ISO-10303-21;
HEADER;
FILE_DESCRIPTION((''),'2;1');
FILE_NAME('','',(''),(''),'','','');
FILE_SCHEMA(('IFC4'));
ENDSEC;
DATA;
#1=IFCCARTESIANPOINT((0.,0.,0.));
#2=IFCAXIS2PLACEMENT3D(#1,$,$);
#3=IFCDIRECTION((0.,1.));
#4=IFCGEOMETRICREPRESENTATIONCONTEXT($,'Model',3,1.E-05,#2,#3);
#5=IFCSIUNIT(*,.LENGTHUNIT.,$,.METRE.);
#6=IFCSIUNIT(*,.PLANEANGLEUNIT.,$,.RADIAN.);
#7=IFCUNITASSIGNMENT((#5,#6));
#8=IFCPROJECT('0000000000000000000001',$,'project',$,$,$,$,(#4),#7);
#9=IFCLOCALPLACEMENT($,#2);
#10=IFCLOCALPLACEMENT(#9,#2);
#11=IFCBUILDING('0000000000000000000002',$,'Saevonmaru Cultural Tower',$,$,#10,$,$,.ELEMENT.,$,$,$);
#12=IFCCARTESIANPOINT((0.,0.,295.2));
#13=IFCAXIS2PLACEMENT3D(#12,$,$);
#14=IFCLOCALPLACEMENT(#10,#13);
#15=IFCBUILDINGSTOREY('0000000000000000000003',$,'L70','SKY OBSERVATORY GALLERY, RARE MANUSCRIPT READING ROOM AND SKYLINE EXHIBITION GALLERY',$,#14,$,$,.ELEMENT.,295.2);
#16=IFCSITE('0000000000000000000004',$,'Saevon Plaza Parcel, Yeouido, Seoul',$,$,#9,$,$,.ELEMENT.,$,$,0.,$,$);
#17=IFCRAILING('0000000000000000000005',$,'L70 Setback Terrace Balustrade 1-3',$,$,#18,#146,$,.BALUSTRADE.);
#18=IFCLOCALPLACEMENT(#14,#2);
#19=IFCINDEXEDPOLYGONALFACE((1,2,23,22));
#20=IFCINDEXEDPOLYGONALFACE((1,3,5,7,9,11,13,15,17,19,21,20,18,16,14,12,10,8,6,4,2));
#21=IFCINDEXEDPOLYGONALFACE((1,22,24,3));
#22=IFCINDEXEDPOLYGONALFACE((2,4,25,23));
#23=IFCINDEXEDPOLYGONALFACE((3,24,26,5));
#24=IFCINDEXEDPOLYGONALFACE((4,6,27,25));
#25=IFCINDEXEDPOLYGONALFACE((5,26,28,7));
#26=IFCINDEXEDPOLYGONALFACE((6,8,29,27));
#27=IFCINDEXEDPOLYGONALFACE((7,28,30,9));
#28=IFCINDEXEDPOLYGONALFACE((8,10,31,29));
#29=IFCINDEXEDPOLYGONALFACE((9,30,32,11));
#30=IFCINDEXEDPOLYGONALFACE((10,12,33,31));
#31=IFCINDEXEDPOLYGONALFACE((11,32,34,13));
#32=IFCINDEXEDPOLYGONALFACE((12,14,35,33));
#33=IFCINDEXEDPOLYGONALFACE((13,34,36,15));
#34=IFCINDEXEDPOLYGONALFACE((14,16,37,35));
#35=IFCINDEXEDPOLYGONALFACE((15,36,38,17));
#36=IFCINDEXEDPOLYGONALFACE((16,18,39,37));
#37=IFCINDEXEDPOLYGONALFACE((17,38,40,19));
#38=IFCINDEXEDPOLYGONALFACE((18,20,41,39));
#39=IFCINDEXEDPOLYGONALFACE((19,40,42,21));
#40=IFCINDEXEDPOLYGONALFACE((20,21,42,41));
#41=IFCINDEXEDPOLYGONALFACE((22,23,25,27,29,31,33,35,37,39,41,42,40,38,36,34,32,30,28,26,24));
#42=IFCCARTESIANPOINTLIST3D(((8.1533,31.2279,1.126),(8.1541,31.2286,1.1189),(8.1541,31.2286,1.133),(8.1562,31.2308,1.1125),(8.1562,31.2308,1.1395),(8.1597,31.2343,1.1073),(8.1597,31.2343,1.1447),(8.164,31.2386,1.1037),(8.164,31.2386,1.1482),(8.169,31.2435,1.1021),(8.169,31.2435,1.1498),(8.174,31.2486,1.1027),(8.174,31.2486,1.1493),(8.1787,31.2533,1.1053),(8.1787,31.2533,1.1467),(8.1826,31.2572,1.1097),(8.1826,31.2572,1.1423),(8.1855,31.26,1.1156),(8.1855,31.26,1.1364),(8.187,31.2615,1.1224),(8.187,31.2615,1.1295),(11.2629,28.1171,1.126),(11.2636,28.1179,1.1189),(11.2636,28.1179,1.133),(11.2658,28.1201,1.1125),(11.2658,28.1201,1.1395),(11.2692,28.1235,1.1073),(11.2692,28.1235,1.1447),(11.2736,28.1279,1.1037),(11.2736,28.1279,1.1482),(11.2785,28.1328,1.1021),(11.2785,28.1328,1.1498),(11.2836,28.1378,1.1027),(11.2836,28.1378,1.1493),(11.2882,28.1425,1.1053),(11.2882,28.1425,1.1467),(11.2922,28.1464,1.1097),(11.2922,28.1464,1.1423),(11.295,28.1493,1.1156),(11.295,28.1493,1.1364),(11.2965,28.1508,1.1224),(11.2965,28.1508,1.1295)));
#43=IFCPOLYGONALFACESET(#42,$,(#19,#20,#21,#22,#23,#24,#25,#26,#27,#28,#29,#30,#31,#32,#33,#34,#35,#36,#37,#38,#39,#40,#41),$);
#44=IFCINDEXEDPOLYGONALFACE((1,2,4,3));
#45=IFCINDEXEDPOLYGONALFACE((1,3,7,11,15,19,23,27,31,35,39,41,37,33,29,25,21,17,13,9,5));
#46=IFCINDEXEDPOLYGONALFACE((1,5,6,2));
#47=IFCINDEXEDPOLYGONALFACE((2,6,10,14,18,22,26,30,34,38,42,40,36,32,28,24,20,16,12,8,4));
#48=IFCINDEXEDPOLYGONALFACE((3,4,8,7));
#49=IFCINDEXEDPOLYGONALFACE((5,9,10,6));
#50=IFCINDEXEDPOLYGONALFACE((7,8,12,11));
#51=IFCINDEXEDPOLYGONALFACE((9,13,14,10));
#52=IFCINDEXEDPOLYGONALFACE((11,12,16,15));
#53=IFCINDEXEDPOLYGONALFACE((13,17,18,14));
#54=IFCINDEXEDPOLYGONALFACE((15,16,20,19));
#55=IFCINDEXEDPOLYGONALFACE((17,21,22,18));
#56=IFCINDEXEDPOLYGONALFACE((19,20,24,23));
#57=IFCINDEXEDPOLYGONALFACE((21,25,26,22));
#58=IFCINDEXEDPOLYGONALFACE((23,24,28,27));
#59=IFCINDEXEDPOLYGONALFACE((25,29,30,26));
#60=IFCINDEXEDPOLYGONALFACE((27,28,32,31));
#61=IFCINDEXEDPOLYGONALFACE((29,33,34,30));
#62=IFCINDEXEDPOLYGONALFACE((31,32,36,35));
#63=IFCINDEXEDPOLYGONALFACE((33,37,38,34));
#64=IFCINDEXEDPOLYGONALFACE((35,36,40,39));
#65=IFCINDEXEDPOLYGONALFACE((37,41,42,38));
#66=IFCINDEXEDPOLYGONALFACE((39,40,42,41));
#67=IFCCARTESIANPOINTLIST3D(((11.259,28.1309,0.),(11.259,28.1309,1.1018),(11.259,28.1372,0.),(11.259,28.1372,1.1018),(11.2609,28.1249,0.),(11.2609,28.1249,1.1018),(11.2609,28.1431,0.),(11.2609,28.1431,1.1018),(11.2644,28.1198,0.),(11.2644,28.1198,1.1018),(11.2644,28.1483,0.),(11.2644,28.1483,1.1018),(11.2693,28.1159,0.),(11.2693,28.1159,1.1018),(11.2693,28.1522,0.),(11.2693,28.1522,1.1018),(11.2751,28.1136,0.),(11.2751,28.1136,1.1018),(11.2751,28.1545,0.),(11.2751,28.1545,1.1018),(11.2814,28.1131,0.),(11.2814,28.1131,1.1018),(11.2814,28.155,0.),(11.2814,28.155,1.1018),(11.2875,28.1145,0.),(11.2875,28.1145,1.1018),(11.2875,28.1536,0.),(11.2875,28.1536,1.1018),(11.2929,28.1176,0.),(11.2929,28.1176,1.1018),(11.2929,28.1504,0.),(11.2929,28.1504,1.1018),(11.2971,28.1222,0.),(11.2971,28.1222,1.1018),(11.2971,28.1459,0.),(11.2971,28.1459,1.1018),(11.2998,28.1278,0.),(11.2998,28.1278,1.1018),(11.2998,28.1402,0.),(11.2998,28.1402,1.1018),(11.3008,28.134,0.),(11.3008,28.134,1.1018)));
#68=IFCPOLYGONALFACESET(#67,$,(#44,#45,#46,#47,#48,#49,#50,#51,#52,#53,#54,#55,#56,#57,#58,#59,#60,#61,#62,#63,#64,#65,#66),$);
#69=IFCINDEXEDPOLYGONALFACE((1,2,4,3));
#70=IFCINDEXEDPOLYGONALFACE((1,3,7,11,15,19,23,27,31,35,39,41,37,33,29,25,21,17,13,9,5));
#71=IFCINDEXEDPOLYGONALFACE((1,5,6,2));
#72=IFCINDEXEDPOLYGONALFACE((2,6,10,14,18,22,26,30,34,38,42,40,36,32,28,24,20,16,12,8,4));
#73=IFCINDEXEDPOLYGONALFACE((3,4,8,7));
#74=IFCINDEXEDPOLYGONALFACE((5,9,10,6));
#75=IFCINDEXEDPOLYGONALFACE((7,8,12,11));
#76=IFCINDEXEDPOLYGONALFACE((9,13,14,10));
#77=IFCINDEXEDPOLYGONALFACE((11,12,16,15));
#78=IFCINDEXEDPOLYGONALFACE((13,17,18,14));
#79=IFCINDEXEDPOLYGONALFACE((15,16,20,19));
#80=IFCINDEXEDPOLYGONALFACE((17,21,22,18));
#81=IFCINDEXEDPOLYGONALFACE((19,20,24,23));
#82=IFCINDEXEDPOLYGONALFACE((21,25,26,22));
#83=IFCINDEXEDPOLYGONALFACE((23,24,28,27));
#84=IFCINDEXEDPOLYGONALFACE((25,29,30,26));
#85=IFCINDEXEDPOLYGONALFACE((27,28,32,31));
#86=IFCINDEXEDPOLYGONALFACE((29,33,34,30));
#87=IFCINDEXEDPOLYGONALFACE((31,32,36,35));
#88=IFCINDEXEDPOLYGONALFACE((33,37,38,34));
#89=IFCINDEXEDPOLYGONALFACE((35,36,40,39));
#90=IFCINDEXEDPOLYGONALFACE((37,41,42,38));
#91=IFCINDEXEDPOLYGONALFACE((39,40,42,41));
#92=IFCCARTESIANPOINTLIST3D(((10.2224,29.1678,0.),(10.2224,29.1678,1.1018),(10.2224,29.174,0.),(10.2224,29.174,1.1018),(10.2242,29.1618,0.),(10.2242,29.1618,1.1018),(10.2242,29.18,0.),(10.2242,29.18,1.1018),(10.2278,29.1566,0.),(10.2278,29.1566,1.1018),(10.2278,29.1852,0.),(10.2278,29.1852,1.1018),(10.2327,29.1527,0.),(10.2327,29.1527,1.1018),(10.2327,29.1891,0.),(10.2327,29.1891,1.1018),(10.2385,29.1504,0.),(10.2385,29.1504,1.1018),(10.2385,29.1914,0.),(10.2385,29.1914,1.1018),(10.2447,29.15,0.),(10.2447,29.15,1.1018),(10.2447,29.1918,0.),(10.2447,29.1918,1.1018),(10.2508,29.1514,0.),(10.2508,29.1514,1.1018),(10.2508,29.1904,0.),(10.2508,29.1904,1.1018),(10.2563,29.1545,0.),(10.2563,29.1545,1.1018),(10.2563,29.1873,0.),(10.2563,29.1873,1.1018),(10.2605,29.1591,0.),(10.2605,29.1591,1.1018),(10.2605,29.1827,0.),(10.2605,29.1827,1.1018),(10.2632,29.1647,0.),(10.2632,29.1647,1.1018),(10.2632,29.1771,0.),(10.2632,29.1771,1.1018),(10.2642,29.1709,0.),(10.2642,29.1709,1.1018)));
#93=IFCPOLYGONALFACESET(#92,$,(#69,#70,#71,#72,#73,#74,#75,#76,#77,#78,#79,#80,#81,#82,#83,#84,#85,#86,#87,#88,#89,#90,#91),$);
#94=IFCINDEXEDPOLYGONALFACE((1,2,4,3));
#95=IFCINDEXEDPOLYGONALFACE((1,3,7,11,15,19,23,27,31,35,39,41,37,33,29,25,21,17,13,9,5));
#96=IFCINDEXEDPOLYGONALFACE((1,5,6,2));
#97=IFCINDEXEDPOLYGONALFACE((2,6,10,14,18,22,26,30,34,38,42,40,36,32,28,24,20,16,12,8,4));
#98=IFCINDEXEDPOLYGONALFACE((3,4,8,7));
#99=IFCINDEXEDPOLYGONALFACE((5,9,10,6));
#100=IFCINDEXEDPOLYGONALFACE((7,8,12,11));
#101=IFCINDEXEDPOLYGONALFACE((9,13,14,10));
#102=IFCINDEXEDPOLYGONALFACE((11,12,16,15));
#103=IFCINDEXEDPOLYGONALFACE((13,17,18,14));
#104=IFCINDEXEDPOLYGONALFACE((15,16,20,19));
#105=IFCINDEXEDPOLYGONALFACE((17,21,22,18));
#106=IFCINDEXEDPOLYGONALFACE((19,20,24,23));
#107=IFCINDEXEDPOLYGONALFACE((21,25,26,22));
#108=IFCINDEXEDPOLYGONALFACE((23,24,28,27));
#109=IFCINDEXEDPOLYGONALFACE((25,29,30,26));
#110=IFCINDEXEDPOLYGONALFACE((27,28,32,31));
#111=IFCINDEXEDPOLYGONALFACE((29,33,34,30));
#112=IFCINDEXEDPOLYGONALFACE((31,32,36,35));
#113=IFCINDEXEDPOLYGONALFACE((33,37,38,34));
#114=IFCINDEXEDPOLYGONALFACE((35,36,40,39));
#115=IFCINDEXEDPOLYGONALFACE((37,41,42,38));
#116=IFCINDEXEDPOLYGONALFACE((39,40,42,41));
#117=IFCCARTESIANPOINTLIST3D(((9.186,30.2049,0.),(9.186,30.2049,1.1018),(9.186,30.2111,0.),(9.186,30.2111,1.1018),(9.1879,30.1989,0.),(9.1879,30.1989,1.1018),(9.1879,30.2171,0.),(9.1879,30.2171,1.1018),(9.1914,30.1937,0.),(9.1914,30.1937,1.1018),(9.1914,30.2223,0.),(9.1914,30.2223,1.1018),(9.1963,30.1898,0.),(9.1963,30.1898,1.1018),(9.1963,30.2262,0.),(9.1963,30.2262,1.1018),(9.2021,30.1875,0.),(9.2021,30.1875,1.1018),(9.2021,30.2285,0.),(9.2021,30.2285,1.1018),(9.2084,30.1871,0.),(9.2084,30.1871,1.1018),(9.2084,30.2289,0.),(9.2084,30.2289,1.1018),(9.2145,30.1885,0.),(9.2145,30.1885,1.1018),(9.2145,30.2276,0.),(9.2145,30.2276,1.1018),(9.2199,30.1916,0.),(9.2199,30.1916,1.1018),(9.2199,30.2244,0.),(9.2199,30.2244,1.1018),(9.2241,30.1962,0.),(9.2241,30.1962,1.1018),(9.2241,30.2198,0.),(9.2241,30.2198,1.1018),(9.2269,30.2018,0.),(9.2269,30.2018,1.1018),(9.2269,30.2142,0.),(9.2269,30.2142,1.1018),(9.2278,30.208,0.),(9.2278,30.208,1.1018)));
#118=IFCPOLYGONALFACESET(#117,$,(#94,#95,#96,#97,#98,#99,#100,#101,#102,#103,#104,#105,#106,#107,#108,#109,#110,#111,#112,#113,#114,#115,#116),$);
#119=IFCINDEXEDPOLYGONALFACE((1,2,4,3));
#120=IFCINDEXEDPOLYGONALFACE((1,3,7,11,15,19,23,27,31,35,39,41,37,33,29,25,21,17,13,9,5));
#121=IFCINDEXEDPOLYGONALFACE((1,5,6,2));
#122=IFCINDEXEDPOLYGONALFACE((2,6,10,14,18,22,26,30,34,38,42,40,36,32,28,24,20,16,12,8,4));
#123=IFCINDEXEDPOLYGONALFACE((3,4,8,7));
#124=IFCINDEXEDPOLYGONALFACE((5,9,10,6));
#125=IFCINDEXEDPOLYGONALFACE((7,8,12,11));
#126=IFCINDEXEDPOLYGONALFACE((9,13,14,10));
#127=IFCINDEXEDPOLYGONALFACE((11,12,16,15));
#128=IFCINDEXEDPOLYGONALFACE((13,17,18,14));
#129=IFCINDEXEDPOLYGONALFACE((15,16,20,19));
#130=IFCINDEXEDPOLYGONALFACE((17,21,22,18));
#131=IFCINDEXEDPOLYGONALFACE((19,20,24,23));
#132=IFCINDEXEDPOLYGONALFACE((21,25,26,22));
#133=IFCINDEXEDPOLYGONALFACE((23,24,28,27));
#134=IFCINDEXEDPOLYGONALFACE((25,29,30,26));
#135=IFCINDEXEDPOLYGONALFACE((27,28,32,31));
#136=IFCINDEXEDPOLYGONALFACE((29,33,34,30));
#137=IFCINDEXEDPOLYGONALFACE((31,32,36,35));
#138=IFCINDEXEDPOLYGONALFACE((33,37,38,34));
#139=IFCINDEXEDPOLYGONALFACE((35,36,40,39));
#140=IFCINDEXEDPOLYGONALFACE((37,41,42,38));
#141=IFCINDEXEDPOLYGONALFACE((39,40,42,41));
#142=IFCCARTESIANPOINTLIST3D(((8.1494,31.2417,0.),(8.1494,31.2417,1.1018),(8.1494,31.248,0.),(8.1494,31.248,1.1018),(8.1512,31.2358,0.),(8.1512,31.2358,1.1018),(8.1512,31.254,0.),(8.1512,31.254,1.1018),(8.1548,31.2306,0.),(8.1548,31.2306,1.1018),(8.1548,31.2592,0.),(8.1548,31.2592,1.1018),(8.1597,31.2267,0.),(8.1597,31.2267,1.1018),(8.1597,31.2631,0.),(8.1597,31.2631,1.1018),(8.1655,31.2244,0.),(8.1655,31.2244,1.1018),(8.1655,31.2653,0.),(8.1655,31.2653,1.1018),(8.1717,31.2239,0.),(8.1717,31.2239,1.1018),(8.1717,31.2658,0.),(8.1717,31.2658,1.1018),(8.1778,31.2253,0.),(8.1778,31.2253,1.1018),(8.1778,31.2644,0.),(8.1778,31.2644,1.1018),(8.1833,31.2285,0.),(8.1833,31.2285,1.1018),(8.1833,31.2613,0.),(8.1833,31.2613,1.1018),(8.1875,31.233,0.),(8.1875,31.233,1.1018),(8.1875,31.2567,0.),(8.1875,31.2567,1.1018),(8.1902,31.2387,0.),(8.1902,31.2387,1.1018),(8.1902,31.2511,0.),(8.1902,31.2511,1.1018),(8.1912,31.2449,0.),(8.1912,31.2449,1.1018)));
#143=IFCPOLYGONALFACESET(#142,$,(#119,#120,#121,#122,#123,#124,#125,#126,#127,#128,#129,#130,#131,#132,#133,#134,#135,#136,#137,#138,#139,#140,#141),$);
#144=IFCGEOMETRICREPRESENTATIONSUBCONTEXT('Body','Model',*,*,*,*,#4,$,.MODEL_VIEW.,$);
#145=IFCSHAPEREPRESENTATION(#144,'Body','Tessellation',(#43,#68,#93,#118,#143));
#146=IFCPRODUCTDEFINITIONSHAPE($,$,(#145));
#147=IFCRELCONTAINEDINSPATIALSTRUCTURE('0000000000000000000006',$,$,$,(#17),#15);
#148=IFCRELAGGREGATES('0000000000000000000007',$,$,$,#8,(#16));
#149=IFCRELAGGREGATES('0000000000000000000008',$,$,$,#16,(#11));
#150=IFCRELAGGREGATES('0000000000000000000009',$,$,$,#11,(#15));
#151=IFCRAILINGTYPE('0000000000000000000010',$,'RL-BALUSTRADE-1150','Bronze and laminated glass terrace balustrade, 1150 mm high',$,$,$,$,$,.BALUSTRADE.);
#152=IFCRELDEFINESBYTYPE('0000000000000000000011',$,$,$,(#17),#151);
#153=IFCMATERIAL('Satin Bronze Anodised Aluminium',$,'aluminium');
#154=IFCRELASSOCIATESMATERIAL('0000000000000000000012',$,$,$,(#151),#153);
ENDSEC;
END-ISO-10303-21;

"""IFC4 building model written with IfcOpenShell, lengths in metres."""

from ifc_helpers import new_model, si_unit, direction, frame, origin, origin_2d, place, context, subcontext, project, spatial, circle, extrude, material, type_object, element, save


model = new_model("IFC4")

# Units and contexts
model_context = context("Model", 3, precision=1e-05, world=origin(), true_north=direction((0.0, 1.0)))
body_context = subcontext(model_context, "Body", "Model", "MODEL_VIEW")
ifc_project = project(units=[si_unit("LENGTHUNIT", "METRE"), si_unit("PLANEANGLEUNIT", "RADIAN")], contexts=[model_context])

# Site, building, storey
site_placement = place(None, origin())
site = spatial("IfcSite", under=ifc_project, at=site_placement, Name="Saevon Plaza Parcel, Yeouido, Seoul", CompositionType="ELEMENT", RefElevation=0.0)
building_placement = place(site_placement, origin())
building = spatial("IfcBuilding", under=site, at=building_placement, Name="Saevonmaru Cultural Tower", CompositionType="ELEMENT")
storey_placement = place(building_placement, frame((0.0, 0.0, 295.2)))
storey = spatial("IfcBuildingStorey", under=building, at=storey_placement, Name="L70", Description="SKY OBSERVATORY GALLERY, RARE MANUSCRIPT READING ROOM AND SKYLINE EXHIBITION GALLERY", CompositionType="ELEMENT", Elevation=295.2)

# Shared definitions
ifc_material_1 = material(Name="Satin Bronze Anodised Aluminium", Category="aluminium")

# Railing
railing_type = type_object("IfcRailingType", Name="RL-BALUSTRADE-1150", Description="Bronze and laminated glass terrace balustrade, 1150 mm high", PredefinedType="BALUSTRADE", material=ifc_material_1)
railing_1_placement = place(storey_placement, frame((11.2798, 28.134, 0.0)))
element("IfcRailing", 1, at=railing_1_placement, inside=storey, type_object=railing_type, Name="L70 Setback Terrace Balustrade 1-3", PredefinedType="BALUSTRADE", context=body_context, shape_type="SweptSolid", body=[
    extrude(circle(Radius=0.0239, at=origin_2d()), frame((0.0, 0.0, 1.126), z_axis=(-0.706968, 0.707246, 0.0), x_axis=(-0.707246, -0.706968, 0.0)), (0.0, 0.0, 1.0), 4.3984),
    extrude(circle(Radius=0.021, at=origin_2d()), origin(), (0.0, 0.0, 1.0), 1.1018),
    extrude(circle(Radius=0.021, at=origin_2d()), frame((-1.0366, 1.0369, 0.0)), (0.0, 0.0, 1.0), 1.1018),
    extrude(circle(Radius=0.021, at=origin_2d()), frame((-2.073, 2.074, 0.0)), (0.0, 0.0, 1.0), 1.1018),
    extrude(circle(Radius=0.021, at=origin_2d()), frame((-3.1096, 3.1108, 0.0)), (0.0, 0.0, 1.0), 1.1018),
])

save(model, "model.ifc")
